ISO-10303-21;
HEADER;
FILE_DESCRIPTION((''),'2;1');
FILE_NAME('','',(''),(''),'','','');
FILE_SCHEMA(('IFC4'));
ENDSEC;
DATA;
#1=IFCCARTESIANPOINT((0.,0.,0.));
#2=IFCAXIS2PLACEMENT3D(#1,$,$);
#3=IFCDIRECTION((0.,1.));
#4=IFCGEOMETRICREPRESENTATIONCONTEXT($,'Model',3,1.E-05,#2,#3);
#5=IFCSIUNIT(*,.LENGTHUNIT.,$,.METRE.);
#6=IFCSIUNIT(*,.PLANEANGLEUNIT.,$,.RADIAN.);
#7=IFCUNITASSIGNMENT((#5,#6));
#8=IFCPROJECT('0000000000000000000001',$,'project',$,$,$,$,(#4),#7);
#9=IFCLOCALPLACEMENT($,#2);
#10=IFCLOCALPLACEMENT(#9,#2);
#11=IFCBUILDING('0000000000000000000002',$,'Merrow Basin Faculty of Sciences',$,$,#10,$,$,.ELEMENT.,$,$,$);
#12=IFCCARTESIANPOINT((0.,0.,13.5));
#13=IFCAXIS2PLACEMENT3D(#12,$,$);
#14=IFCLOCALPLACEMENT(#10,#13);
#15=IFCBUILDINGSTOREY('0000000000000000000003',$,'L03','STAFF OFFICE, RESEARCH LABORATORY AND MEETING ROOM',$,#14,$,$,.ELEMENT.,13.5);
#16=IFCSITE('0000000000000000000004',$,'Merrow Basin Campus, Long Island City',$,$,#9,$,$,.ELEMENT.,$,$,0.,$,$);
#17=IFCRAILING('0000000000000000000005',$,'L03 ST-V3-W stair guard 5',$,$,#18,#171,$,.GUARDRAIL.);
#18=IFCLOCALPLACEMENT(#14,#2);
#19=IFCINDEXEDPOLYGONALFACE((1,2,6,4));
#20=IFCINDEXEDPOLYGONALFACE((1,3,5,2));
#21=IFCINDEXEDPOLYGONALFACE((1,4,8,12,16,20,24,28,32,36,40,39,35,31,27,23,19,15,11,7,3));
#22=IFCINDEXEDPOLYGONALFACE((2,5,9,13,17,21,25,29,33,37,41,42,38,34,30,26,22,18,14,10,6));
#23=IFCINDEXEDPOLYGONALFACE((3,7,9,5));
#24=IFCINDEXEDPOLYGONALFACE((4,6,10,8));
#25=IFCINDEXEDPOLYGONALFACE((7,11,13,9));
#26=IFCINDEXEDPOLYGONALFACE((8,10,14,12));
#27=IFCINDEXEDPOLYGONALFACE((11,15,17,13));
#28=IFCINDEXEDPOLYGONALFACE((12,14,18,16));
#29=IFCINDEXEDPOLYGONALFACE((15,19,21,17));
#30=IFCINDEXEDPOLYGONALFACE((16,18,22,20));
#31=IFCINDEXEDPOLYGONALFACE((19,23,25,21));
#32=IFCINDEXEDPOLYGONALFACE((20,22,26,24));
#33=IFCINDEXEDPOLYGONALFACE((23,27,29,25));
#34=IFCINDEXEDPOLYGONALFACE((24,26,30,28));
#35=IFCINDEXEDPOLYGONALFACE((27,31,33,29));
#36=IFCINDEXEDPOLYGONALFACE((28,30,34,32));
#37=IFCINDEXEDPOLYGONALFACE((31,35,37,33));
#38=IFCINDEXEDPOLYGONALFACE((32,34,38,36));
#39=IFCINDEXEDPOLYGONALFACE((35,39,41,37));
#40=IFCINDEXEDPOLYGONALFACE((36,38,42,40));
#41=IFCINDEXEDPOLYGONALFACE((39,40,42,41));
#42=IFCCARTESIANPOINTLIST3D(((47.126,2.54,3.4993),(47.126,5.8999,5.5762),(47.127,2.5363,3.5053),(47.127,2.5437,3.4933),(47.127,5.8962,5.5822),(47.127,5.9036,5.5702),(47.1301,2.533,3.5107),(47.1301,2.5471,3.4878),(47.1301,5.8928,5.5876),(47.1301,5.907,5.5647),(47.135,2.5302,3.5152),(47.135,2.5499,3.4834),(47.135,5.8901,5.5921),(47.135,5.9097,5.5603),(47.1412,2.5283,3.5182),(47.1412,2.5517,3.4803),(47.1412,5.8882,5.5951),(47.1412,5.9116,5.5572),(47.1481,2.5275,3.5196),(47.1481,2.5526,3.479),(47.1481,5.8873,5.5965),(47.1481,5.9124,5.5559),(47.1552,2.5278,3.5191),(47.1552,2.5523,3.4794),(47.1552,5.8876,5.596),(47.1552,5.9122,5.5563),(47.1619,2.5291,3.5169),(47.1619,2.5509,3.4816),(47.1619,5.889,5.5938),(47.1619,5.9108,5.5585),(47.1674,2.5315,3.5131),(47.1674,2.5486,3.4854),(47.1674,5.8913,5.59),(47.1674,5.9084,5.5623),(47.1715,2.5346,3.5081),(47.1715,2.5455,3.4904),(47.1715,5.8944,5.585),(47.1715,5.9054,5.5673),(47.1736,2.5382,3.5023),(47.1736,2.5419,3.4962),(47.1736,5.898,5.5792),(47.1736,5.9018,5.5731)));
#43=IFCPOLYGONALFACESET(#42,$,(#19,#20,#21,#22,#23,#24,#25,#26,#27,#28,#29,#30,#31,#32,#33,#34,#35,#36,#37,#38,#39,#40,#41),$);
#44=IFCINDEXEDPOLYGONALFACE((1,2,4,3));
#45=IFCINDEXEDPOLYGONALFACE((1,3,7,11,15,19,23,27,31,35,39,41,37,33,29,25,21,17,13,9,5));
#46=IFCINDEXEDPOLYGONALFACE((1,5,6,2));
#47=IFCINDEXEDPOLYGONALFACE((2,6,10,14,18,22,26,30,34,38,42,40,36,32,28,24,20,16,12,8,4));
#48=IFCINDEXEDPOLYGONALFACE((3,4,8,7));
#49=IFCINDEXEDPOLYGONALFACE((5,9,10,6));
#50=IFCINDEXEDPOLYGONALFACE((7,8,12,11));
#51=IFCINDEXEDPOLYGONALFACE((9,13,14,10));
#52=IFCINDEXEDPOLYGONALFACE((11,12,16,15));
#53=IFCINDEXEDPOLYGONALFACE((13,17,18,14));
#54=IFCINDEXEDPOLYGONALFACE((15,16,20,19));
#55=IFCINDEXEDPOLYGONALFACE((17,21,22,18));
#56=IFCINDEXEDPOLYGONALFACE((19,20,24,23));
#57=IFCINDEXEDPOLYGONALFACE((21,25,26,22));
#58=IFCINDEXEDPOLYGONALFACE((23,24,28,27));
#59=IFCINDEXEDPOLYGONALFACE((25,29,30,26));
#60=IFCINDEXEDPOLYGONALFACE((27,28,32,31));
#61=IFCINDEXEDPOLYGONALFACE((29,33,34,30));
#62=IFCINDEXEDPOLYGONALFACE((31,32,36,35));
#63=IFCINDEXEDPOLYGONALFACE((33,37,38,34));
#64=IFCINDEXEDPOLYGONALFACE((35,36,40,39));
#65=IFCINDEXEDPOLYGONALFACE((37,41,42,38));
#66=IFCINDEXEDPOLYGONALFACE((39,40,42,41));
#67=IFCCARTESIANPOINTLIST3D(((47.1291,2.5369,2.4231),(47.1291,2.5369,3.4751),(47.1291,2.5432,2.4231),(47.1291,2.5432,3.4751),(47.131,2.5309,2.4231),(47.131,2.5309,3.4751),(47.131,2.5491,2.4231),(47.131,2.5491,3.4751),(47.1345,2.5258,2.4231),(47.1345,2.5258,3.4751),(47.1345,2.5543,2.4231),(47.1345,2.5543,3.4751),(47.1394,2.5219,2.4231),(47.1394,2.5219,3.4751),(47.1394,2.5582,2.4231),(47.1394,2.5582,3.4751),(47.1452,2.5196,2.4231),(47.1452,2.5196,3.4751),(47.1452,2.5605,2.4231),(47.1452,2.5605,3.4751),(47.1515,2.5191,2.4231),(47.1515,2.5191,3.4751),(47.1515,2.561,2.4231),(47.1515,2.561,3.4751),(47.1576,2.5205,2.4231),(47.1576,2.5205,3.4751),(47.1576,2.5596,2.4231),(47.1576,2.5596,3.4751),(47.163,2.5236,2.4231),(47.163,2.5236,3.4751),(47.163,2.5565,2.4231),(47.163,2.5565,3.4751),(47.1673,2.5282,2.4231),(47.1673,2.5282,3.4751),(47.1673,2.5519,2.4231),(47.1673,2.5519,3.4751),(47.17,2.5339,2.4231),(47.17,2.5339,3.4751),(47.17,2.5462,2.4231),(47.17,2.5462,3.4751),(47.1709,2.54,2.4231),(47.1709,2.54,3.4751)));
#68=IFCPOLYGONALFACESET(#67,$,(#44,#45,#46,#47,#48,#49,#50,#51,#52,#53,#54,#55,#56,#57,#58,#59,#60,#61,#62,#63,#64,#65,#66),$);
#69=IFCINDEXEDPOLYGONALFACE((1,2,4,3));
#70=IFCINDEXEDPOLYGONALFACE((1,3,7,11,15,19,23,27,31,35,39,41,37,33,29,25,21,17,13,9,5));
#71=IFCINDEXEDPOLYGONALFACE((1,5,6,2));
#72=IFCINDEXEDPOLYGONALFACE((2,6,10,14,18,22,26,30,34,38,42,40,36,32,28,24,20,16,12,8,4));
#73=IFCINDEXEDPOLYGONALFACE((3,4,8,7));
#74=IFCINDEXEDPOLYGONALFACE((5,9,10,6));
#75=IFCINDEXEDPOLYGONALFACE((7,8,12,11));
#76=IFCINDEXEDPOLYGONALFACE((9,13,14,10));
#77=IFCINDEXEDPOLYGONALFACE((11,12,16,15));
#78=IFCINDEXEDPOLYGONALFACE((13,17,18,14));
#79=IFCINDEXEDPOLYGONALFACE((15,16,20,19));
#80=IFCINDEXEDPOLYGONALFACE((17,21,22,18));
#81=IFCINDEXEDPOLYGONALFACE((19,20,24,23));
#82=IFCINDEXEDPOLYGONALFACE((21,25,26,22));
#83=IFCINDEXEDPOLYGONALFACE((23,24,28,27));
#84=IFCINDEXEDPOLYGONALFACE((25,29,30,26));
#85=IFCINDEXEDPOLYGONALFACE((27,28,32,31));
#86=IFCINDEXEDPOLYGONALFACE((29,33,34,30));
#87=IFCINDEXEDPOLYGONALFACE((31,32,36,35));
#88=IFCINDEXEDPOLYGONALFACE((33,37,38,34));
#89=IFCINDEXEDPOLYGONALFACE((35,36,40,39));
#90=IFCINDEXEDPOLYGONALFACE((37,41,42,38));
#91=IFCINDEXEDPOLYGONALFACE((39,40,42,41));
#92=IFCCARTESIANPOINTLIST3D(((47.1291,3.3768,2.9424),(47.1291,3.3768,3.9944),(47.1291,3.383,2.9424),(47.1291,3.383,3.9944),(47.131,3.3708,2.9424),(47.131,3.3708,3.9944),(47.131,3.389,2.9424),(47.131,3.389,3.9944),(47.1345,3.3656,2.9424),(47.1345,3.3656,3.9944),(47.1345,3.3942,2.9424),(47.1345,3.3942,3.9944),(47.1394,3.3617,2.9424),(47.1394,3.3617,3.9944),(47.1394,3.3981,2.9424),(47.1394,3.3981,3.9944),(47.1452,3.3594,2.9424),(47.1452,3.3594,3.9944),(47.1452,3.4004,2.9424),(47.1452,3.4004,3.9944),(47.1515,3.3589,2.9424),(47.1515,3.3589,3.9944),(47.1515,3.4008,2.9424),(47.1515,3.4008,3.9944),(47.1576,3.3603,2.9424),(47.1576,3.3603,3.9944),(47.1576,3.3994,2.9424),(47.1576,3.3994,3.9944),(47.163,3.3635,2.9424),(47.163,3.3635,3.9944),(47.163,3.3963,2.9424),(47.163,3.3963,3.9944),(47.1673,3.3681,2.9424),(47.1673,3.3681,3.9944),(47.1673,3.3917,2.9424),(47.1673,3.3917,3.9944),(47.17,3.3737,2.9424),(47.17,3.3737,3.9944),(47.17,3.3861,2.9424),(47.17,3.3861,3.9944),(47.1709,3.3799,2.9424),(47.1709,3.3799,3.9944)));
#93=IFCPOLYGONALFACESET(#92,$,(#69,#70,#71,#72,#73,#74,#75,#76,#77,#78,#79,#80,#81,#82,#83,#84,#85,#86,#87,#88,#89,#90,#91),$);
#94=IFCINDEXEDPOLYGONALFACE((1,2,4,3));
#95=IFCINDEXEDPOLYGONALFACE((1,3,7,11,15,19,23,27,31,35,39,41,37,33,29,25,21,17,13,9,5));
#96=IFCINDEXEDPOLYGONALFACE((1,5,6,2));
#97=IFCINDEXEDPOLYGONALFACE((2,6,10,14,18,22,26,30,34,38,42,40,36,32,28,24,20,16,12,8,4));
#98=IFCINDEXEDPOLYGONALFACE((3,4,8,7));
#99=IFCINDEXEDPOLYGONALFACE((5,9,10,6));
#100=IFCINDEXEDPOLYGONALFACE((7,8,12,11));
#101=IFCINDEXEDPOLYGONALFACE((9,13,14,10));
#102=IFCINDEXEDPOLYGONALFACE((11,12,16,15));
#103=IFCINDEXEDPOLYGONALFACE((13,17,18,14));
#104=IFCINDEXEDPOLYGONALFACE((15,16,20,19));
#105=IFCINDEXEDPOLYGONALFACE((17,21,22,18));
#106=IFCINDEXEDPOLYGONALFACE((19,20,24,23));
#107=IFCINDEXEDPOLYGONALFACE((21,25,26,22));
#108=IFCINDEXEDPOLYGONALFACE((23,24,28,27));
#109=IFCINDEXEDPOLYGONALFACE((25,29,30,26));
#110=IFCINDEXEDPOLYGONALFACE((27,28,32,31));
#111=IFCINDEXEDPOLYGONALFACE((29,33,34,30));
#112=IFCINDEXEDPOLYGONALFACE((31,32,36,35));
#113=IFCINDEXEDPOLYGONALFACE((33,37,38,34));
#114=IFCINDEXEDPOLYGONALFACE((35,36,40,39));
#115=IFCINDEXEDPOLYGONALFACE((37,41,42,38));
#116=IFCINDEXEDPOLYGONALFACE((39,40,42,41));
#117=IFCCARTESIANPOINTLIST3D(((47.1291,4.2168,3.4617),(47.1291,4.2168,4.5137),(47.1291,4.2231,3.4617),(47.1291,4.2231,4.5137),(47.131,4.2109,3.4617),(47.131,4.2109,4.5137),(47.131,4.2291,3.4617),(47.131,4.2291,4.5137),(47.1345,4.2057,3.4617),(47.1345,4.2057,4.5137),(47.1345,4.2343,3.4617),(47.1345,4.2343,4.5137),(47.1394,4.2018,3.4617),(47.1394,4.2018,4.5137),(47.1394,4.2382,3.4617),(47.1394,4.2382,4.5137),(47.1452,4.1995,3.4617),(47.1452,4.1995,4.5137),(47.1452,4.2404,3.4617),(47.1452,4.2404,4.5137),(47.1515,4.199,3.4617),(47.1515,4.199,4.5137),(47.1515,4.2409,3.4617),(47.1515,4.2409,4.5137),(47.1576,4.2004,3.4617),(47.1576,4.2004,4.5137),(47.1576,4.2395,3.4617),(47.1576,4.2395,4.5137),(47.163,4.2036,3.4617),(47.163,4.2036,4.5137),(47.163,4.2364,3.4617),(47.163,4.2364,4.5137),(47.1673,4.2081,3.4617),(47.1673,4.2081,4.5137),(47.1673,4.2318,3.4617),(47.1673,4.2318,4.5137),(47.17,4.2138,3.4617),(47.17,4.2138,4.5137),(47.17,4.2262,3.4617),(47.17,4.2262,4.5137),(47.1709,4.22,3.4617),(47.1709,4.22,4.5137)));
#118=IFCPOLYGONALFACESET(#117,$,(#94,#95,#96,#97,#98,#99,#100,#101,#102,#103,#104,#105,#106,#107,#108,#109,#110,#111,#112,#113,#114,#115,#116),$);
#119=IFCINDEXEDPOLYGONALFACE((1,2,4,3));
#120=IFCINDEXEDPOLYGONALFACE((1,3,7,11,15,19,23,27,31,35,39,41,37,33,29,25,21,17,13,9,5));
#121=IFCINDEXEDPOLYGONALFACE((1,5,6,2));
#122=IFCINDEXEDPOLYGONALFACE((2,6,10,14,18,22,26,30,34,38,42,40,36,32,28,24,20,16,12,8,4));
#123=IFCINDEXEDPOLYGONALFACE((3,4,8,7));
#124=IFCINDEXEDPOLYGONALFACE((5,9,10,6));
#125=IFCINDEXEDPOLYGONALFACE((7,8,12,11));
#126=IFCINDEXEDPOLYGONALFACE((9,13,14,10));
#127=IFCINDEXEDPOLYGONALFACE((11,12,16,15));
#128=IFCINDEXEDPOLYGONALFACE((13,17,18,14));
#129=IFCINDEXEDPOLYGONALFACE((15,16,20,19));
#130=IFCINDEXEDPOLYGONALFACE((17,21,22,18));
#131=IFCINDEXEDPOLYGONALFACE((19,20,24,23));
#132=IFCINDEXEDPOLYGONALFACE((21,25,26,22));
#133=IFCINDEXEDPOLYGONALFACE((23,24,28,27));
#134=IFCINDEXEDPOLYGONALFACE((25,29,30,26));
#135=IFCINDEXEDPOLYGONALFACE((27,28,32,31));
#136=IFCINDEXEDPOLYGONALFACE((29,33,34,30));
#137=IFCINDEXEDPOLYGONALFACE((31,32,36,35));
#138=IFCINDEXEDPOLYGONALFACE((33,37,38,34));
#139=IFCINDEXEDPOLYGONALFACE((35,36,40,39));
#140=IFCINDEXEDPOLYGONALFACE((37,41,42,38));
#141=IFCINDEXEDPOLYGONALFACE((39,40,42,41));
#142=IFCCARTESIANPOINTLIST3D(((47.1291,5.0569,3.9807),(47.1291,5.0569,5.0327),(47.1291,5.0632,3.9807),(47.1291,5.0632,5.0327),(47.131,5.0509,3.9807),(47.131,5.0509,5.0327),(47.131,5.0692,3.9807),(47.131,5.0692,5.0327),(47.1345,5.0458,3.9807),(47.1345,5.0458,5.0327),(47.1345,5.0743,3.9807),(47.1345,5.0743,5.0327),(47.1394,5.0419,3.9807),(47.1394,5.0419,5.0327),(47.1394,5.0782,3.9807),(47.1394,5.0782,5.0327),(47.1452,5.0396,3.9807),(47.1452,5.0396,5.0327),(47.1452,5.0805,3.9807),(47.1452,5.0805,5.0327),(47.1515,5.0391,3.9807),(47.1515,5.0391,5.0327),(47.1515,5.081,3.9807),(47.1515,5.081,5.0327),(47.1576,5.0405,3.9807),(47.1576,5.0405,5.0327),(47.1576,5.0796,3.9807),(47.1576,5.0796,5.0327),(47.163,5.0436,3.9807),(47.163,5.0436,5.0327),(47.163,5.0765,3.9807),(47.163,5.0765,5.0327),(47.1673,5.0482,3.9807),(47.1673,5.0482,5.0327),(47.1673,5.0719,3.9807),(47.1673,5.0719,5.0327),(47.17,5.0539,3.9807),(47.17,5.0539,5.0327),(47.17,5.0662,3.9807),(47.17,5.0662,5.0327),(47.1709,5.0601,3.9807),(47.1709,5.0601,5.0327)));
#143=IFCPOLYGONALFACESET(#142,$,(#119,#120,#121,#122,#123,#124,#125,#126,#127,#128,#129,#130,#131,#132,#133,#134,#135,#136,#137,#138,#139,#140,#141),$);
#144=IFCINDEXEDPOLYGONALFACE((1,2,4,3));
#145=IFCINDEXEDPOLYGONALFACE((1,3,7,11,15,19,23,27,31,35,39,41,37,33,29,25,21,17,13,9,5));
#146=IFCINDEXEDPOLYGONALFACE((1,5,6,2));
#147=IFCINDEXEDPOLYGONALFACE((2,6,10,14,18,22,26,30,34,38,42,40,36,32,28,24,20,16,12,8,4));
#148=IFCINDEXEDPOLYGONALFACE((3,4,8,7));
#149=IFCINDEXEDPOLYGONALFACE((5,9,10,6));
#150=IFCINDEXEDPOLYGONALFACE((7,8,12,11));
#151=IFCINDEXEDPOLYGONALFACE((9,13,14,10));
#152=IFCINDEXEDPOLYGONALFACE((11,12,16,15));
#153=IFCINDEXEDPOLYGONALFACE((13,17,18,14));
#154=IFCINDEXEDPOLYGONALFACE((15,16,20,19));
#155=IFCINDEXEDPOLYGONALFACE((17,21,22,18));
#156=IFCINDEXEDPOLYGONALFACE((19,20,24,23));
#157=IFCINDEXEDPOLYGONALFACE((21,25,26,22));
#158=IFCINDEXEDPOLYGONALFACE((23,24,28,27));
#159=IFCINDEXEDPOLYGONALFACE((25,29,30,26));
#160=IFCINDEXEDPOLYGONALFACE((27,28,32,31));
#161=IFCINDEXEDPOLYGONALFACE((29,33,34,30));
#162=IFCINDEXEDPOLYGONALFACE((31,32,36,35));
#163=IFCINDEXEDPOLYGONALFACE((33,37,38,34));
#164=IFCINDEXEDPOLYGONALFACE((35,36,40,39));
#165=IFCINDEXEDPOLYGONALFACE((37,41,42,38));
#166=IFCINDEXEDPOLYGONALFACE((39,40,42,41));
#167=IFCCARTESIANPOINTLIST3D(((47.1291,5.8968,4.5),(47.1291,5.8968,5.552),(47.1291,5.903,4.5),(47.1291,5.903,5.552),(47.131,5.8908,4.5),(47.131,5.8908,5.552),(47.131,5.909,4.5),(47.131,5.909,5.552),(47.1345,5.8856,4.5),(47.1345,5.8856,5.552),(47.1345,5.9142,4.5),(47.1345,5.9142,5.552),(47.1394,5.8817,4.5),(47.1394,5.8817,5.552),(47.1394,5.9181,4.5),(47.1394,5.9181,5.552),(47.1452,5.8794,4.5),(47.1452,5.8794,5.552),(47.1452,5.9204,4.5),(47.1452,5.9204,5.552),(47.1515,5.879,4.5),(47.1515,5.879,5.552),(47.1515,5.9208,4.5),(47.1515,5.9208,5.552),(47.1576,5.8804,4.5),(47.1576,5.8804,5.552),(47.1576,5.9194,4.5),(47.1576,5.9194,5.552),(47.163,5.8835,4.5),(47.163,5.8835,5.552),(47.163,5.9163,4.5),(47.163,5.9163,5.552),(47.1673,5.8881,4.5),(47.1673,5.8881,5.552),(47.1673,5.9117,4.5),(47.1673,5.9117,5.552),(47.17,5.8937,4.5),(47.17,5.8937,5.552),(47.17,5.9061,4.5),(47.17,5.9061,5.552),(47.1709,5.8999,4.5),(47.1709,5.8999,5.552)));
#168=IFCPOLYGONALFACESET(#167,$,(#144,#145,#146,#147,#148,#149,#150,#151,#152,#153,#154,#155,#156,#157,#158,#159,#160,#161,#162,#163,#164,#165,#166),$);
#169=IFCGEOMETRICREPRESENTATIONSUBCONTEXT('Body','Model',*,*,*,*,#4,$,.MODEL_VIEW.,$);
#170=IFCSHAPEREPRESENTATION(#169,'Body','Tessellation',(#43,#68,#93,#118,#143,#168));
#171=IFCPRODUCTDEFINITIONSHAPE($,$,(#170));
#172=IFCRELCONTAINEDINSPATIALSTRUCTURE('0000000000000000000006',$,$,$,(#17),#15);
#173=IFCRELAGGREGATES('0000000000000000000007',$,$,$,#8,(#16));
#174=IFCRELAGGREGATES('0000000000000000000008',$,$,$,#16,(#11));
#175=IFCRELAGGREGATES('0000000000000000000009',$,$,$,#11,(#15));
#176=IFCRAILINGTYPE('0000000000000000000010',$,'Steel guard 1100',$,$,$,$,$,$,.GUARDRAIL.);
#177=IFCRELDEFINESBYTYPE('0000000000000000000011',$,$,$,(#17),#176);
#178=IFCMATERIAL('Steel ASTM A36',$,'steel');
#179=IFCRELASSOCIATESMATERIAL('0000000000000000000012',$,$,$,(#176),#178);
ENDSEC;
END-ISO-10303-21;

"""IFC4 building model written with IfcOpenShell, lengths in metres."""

from ifc_helpers import new_model, si_unit, direction, frame, origin, origin_2d, place, context, subcontext, project, spatial, circle, extrude, material, type_object, element, save


model = new_model("IFC4")

# Units and contexts
model_context = context("Model", 3, precision=1e-05, world=origin(), true_north=direction((0.0, 1.0)))
body_context = subcontext(model_context, "Body", "Model", "MODEL_VIEW")
ifc_project = project(units=[si_unit("LENGTHUNIT", "METRE"), si_unit("PLANEANGLEUNIT", "RADIAN")], contexts=[model_context])

# Site, building, storey
site_placement = place(None, origin())
site = spatial("IfcSite", under=ifc_project, at=site_placement, Name="Merrow Basin Campus, Long Island City", CompositionType="ELEMENT", RefElevation=0.0)
building_placement = place(site_placement, origin())
building = spatial("IfcBuilding", under=site, at=building_placement, Name="Merrow Basin Faculty of Sciences", CompositionType="ELEMENT")
storey_placement = place(building_placement, frame((0.0, 0.0, 13.5)))
storey = spatial("IfcBuildingStorey", under=building, at=storey_placement, Name="L03", Description="STAFF OFFICE, RESEARCH LABORATORY AND MEETING ROOM", CompositionType="ELEMENT", Elevation=13.5)

# Railing
ifc_material_1 = material(Name="Steel ASTM A36", Category="steel")
railing_type = type_object("IfcRailingType", Name="Steel guard 1100", PredefinedType="GUARDRAIL", material=ifc_material_1)
railing_1_placement = place(storey_placement, frame((47.1499, 2.54, 2.4231)))
element("IfcRailing", 1, at=railing_1_placement, inside=storey, type_object=railing_type, Name="L03 ST-V3-W stair guard 5", PredefinedType="GUARDRAIL", context=body_context, shape_type="SweptSolid", body=[
    extrude(circle(Radius=0.0239, at=origin_2d()), frame((0.0, 0.0, 1.0762), z_axis=(0.0, 0.850606, 0.525803), x_axis=(-1.0, 0.0, 0.0)), (0.0, 0.0, 1.0), 3.95),
    extrude(circle(Radius=0.021, at=origin_2d()), origin(), (0.0, 0.0, 1.0), 1.052),
    extrude(circle(Radius=0.021, at=origin_2d()), frame((0.0, 0.8398, 0.5193)), (0.0, 0.0, 1.0), 1.052),
    extrude(circle(Radius=0.021, at=origin_2d()), frame((0.0, 1.6799, 1.0386)), (0.0, 0.0, 1.0), 1.052),
    extrude(circle(Radius=0.021, at=origin_2d()), frame((0.0, 2.52, 1.5576)), (0.0, 0.0, 1.0), 1.052),
    extrude(circle(Radius=0.021, at=origin_2d()), frame((0.0, 3.3599, 2.0769)), (0.0, 0.0, 1.0), 1.052),
])

save(model, "model.ifc")
